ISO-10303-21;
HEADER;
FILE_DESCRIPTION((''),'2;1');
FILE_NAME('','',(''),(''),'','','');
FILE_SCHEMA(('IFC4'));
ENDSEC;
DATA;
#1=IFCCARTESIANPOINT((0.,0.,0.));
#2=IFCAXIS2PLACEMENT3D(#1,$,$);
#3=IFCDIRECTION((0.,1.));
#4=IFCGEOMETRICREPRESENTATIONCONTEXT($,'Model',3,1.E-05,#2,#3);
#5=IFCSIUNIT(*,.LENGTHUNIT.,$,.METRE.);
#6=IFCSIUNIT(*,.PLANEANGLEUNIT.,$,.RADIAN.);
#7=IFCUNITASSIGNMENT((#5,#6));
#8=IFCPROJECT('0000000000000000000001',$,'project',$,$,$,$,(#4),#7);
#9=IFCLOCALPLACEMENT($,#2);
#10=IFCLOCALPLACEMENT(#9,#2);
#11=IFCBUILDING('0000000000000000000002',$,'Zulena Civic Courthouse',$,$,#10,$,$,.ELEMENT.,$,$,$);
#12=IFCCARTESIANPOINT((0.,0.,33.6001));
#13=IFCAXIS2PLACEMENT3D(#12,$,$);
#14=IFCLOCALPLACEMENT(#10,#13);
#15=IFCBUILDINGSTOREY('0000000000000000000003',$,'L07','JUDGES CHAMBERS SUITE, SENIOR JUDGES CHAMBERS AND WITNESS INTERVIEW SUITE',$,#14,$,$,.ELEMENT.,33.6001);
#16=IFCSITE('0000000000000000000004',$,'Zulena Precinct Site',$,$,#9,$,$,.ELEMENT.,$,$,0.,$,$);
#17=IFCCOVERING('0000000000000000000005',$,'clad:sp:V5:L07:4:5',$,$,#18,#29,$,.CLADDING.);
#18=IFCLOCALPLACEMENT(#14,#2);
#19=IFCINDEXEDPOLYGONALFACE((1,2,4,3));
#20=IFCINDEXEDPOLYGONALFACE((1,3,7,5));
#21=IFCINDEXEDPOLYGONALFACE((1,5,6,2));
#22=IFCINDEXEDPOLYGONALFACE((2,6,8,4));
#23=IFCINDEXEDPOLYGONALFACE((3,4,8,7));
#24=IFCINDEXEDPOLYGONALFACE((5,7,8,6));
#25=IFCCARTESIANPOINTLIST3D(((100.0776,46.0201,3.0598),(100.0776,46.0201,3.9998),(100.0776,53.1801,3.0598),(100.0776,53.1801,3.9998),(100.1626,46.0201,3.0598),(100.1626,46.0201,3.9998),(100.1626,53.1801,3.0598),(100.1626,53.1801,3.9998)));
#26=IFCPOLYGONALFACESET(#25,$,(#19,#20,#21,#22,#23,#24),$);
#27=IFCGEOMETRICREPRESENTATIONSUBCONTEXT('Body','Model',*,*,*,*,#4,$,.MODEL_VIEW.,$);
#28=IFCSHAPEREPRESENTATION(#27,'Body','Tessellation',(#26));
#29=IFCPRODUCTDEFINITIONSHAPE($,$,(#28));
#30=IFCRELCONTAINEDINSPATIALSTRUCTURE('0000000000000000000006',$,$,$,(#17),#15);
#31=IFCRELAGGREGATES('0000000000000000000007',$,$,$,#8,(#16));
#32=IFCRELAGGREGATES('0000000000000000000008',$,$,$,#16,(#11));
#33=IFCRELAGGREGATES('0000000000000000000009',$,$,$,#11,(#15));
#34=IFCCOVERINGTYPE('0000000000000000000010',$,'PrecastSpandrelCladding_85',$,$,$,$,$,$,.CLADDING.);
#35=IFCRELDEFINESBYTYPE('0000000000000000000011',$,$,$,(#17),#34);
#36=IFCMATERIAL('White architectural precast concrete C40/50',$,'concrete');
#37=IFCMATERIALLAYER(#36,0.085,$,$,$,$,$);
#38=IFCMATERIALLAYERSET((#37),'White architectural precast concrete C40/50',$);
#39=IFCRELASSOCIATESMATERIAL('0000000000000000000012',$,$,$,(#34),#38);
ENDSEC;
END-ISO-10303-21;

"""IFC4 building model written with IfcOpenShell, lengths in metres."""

from ifc_helpers import new_model, si_unit, direction, frame, origin, origin_2d, place, context, subcontext, project, spatial, rectangle, extrude, material, layer, layer_set, type_object, element, save


model = new_model("IFC4")

# Units and contexts
model_context = context("Model", 3, precision=1e-05, world=origin(), true_north=direction((0.0, 1.0)))
body_context = subcontext(model_context, "Body", "Model", "MODEL_VIEW")
ifc_project = project(units=[si_unit("LENGTHUNIT", "METRE"), si_unit("PLANEANGLEUNIT", "RADIAN")], contexts=[model_context])

# Site, building, storey
site_placement = place(None, origin())
site = spatial("IfcSite", under=ifc_project, at=site_placement, Name="Zulena Precinct Site", CompositionType="ELEMENT", RefElevation=0.0)
building_placement = place(site_placement, origin())
building = spatial("IfcBuilding", under=site, at=building_placement, Name="Zulena Civic Courthouse", CompositionType="ELEMENT")
storey_placement = place(building_placement, frame((0.0, 0.0, 33.6001)))
storey = spatial("IfcBuildingStorey", under=building, at=storey_placement, Name="L07", Description="JUDGES CHAMBERS SUITE, SENIOR JUDGES CHAMBERS AND WITNESS INTERVIEW SUITE", CompositionType="ELEMENT", Elevation=33.6001)

# Covering
ifc_material_1 = material(Name="White architectural precast concrete C40/50", Category="concrete")
ifc_layer_1 = layer(ifc_material_1, 0.085)
ifc_layer_set_1 = layer_set([ifc_layer_1], Name="White architectural precast concrete C40/50")
covering_type = type_object("IfcCoveringType", Name="PrecastSpandrelCladding_85", PredefinedType="CLADDING", material=ifc_layer_set_1)
covering_1_placement = place(storey_placement, frame((100.1201, 49.6001, 3.0598), z_axis=(0.0, 0.0, 1.0), x_axis=(0.0, -1.0, 0.0)))
element("IfcCovering", 1, at=covering_1_placement, inside=storey, type_object=covering_type, Name="clad:sp:V5:L07:4:5", PredefinedType="CLADDING", context=body_context, shape_type="SweptSolid", body=[
    extrude(rectangle(XDim=7.1599, YDim=0.085, at=origin_2d()), origin(), (0.0, 0.0, 1.0), 0.9399),
])

save(model, "model.ifc")
